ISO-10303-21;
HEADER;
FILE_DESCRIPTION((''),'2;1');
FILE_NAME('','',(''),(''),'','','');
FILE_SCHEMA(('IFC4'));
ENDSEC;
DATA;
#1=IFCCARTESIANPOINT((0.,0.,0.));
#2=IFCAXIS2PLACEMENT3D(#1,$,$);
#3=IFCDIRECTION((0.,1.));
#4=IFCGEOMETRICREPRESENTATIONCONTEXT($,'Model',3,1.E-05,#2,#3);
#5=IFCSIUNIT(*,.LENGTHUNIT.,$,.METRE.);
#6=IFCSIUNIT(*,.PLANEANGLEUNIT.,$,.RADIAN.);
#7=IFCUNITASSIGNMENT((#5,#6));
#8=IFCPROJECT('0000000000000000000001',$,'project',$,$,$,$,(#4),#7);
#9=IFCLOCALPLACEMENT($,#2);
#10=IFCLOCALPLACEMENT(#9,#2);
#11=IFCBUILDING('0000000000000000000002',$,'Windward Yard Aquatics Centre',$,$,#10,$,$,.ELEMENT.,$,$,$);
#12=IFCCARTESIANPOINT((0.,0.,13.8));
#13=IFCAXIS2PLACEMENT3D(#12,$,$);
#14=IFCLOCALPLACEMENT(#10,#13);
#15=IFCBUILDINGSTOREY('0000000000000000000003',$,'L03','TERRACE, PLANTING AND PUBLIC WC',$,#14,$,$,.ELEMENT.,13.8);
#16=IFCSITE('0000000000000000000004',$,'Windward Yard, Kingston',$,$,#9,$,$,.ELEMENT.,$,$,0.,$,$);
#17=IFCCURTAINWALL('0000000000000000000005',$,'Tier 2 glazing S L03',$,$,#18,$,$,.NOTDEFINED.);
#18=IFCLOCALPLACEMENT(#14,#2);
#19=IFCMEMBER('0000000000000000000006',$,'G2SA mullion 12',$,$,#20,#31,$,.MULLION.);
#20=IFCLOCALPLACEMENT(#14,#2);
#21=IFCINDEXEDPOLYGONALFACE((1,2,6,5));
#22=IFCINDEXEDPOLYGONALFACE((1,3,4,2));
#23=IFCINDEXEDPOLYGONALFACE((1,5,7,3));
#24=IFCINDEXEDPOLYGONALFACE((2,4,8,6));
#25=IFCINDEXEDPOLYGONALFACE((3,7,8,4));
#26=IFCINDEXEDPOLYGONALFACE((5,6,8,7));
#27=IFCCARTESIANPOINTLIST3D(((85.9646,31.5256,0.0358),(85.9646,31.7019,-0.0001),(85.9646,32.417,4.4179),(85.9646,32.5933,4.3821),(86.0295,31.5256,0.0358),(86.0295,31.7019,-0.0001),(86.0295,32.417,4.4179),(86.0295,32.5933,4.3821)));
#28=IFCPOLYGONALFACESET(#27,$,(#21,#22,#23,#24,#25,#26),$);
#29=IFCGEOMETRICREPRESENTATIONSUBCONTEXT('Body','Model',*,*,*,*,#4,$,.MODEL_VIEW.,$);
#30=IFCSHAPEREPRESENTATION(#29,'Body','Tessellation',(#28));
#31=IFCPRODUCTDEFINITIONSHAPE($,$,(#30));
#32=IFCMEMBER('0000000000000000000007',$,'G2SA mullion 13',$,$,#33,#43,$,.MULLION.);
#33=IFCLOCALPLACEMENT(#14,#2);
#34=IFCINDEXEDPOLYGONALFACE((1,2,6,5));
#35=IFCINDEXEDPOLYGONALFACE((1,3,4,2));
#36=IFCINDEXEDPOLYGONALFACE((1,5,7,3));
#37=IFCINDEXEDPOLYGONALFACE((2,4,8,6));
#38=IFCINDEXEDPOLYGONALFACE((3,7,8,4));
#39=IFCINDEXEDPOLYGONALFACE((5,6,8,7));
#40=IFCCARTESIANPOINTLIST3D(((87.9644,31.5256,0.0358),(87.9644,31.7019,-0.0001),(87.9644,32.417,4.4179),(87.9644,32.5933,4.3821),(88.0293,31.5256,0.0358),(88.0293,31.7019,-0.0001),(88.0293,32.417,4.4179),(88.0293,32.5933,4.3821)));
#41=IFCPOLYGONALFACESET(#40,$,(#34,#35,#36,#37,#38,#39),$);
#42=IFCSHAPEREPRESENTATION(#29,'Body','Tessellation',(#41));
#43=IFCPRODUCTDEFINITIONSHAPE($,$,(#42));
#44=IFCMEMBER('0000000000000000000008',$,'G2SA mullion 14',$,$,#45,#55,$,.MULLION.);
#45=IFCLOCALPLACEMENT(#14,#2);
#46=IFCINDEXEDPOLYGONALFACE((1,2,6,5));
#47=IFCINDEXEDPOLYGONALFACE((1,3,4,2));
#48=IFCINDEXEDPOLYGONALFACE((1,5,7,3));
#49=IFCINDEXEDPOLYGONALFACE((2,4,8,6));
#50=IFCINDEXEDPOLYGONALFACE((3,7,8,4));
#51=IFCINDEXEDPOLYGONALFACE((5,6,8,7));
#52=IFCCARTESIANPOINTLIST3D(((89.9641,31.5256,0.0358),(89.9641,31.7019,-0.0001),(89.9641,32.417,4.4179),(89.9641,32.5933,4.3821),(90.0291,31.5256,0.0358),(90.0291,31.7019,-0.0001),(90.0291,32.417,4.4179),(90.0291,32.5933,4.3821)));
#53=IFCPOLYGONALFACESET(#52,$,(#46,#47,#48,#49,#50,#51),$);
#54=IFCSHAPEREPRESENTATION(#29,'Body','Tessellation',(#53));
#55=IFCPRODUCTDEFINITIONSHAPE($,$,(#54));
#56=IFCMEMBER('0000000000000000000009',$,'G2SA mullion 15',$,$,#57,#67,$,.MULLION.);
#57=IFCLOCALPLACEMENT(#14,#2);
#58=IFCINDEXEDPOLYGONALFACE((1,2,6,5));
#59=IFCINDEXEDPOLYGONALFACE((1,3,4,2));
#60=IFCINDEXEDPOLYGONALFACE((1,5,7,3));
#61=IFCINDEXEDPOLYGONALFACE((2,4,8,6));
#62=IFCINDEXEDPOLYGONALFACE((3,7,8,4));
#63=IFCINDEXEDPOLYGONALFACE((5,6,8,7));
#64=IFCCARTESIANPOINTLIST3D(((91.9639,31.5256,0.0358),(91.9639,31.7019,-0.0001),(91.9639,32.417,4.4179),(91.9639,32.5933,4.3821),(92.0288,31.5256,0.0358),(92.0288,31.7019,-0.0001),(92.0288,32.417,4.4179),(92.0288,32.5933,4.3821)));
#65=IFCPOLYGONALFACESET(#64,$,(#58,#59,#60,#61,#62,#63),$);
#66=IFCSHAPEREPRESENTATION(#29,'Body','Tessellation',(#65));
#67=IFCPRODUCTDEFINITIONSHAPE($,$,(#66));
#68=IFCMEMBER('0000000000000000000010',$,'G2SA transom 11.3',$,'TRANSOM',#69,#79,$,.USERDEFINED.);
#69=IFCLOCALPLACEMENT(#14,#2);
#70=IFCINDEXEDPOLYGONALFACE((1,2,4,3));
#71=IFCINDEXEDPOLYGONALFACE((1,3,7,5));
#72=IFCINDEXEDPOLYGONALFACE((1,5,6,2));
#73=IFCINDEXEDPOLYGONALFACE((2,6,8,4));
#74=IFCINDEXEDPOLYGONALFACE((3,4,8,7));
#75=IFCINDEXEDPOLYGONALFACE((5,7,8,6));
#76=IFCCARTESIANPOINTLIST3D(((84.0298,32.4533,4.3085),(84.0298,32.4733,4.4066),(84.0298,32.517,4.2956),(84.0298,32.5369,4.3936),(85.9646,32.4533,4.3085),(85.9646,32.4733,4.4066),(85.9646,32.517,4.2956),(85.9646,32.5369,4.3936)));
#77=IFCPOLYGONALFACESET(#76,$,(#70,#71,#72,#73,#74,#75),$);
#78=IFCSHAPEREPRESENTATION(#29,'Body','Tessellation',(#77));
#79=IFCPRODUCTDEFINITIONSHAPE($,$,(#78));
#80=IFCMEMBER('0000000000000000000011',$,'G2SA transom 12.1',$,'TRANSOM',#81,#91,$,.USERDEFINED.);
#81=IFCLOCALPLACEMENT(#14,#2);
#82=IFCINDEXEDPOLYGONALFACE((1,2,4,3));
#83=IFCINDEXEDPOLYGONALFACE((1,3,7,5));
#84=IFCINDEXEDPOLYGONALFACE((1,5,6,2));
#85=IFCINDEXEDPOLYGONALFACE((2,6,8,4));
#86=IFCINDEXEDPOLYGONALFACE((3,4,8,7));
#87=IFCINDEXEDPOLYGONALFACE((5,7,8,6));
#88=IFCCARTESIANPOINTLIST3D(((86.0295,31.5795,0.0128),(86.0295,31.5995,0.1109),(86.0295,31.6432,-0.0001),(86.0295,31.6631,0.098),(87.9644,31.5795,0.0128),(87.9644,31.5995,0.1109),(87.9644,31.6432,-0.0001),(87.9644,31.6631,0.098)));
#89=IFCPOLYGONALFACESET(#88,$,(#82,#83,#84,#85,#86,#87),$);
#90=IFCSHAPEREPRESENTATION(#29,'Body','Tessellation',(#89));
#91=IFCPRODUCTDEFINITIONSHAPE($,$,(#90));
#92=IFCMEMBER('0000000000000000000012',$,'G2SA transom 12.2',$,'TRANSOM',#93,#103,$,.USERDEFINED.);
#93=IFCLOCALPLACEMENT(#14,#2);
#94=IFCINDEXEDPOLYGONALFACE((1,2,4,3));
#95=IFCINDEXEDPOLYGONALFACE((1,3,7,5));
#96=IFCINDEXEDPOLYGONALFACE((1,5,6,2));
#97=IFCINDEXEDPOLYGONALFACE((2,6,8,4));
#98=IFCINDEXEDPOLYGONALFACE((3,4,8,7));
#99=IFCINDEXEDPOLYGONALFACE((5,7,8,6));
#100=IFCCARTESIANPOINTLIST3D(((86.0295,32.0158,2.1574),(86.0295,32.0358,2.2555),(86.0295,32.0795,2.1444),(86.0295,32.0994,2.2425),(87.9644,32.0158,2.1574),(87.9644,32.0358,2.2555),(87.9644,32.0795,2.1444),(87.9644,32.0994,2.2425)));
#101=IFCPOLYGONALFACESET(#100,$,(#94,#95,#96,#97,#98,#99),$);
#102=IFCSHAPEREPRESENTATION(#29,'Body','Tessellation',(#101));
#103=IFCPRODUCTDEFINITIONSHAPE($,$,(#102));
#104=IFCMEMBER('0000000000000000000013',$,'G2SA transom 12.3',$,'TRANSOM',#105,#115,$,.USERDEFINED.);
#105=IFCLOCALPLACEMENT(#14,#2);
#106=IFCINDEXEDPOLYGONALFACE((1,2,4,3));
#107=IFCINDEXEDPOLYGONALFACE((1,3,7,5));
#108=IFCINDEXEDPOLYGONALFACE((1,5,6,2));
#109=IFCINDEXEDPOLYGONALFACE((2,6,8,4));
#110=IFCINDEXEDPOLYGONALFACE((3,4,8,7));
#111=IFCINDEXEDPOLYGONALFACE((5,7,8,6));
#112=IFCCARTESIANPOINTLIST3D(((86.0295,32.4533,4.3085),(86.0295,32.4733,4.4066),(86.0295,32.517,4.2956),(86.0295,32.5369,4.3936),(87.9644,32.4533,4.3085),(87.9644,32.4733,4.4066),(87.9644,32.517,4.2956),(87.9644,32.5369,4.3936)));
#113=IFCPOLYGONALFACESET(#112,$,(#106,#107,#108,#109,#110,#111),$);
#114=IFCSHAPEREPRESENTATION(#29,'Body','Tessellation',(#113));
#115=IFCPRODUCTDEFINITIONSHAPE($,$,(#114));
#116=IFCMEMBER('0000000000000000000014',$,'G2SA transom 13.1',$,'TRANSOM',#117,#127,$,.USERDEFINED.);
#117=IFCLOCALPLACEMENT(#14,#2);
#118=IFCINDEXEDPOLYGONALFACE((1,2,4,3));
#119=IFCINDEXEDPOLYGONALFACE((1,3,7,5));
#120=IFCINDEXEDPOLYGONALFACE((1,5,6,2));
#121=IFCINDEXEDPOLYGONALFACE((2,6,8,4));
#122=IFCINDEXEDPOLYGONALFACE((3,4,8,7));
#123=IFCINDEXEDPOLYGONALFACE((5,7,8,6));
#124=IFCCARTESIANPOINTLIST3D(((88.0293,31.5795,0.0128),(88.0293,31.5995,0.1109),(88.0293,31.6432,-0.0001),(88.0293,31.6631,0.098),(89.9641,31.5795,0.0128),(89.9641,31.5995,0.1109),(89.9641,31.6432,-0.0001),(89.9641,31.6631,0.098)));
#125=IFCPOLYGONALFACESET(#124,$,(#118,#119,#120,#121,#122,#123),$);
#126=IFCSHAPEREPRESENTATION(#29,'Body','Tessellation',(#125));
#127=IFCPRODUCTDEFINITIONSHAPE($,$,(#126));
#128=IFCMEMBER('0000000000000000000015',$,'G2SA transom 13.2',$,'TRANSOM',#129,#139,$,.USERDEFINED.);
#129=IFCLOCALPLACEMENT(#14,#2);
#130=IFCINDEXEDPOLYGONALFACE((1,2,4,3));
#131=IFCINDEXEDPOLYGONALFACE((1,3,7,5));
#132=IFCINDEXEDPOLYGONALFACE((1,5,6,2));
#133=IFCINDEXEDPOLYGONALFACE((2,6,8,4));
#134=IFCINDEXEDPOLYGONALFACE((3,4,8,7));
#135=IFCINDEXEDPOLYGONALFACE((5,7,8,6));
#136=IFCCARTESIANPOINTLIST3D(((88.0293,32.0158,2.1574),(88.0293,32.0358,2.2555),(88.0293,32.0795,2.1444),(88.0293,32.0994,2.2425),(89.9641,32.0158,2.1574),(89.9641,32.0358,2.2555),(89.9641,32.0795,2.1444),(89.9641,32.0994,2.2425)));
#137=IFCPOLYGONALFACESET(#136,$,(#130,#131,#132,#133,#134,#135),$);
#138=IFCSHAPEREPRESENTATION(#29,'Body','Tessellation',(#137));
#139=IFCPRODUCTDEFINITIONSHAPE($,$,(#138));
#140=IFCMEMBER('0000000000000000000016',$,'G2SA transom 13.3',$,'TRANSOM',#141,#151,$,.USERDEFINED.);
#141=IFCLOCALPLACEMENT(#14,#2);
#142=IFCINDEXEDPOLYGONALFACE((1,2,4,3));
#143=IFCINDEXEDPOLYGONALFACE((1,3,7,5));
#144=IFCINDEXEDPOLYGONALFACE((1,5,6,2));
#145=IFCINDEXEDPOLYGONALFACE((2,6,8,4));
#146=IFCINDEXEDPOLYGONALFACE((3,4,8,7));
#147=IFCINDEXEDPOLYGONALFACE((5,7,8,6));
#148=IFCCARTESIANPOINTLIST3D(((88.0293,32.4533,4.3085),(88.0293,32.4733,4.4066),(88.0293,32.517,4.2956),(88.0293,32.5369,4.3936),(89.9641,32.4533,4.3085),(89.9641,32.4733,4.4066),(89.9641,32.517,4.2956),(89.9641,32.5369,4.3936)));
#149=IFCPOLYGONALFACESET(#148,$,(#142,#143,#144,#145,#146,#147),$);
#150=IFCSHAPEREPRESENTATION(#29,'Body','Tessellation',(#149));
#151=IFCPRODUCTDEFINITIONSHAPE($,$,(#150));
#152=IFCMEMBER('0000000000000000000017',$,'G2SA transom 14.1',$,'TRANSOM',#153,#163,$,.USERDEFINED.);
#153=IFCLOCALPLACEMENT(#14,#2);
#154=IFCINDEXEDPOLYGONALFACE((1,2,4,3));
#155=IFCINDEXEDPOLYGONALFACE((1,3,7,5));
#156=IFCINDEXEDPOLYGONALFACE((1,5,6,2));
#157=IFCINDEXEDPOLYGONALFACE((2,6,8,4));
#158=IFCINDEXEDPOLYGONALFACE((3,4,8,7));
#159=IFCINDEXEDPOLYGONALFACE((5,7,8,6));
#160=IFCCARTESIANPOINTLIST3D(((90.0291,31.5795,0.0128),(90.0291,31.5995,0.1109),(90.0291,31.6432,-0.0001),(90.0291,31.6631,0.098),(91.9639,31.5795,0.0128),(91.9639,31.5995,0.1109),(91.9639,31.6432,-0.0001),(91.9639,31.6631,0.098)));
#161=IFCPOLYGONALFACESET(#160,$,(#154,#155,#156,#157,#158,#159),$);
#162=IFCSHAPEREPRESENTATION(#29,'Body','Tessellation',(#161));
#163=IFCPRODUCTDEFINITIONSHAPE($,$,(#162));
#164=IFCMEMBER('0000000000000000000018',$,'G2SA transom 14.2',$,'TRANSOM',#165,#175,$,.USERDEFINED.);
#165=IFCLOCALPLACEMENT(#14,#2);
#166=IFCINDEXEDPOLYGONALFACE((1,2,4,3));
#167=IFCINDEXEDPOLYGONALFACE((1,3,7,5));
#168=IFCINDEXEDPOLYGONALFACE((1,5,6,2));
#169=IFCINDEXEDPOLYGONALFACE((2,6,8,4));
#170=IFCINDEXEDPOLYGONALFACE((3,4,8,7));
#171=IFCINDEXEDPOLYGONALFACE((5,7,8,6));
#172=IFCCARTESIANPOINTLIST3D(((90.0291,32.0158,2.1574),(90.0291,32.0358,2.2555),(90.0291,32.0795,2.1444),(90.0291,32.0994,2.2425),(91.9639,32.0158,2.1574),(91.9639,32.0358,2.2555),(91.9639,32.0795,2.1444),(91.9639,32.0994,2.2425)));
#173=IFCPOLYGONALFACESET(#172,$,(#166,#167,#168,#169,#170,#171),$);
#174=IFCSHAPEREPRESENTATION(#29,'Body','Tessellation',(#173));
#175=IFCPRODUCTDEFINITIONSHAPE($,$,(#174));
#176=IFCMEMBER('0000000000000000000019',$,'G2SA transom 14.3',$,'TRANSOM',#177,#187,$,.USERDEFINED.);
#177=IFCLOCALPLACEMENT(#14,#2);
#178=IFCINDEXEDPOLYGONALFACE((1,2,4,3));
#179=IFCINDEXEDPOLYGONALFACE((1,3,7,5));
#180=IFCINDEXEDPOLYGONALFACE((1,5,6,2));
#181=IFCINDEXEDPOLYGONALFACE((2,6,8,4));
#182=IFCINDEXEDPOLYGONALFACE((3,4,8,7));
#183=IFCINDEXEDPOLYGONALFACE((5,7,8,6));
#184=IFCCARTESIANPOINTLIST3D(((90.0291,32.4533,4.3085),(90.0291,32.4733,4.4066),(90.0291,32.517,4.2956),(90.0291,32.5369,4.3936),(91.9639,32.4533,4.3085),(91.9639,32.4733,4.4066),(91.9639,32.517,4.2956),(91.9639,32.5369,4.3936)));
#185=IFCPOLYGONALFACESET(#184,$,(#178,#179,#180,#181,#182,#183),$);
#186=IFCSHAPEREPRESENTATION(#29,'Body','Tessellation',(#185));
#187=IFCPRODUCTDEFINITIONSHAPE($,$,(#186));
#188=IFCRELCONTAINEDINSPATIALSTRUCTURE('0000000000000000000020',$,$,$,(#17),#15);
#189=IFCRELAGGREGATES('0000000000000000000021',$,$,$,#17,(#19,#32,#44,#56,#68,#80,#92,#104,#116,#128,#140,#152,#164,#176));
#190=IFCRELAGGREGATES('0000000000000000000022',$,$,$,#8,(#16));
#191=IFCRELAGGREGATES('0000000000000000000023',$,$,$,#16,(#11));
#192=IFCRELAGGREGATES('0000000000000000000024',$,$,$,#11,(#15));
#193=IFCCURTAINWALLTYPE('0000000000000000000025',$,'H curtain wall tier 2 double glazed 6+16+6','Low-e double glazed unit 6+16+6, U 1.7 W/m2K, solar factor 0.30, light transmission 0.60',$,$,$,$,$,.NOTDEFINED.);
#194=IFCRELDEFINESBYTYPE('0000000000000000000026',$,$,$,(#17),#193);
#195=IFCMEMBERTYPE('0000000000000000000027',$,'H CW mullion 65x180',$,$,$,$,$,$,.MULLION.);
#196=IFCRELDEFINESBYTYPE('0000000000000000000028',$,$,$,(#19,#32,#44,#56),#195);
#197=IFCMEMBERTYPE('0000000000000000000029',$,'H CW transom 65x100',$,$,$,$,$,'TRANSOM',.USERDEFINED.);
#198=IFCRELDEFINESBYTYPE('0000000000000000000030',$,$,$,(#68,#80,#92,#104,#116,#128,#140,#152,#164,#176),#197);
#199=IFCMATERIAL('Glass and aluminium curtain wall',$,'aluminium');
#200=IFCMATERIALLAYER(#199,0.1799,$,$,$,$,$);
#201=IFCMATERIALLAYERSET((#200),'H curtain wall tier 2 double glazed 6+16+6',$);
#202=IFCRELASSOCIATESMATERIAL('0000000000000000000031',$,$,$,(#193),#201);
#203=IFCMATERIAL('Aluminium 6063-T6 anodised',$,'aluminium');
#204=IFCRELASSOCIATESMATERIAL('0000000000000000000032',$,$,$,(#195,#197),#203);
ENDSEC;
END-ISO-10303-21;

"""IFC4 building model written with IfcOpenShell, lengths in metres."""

from ifc_helpers import new_model, si_unit, direction, frame, origin, origin_2d, place, context, subcontext, project, spatial, rectangle, extrude, material, layer, layer_set, material_profile, profile_set, type_object, element, aggregate, save


model = new_model("IFC4")

# Units and contexts
model_context = context("Model", 3, precision=1e-05, world=origin(), true_north=direction((0.0, 1.0)))
body_context = subcontext(model_context, "Body", "Model", "MODEL_VIEW")
ifc_project = project(units=[si_unit("LENGTHUNIT", "METRE"), si_unit("PLANEANGLEUNIT", "RADIAN")], contexts=[model_context])

# Site, building, storey
site_placement = place(None, origin())
site = spatial("IfcSite", under=ifc_project, at=site_placement, Name="Windward Yard, Kingston", CompositionType="ELEMENT", RefElevation=0.0)
building_placement = place(site_placement, origin())
building = spatial("IfcBuilding", under=site, at=building_placement, Name="Windward Yard Aquatics Centre", CompositionType="ELEMENT")
storey_placement = place(building_placement, frame((0.0, 0.0, 13.8)))
storey = spatial("IfcBuildingStorey", under=building, at=storey_placement, Name="L03", Description="TERRACE, PLANTING AND PUBLIC WC", CompositionType="ELEMENT", Elevation=13.8)

# Curtain wall, members
ifc_material_1 = material(Name="Glass and aluminium curtain wall", Category="aluminium")
ifc_layer_1 = layer(ifc_material_1, 0.1799)
ifc_layer_set_1 = layer_set([ifc_layer_1], Name="H curtain wall tier 2 double glazed 6+16+6")
curtain_wall_type = type_object("IfcCurtainWallType", Name="H curtain wall tier 2 double glazed 6+16+6", Description="Low-e double glazed unit 6+16+6, U 1.7 W/m2K, solar factor 0.30, light transmission 0.60", PredefinedType="NOTDEFINED", material=ifc_layer_set_1)
curtain_wall_placement = place(storey_placement, origin())
curtain_wall = element("IfcCurtainWall", 1, at=curtain_wall_placement, inside=storey, type_object=curtain_wall_type, Name="Tier 2 glazing S L03", PredefinedType="NOTDEFINED")
ifc_material_2 = material(Name="Aluminium 6063-T6 anodised", Category="aluminium")
ifc_material_profile_1 = material_profile(ifc_material_2, rectangle(XDim=0.0649, YDim=0.1799, at=origin_2d()), Name="H CW mullion 65x180")
ifc_profile_set_1 = profile_set([ifc_material_profile_1], Name="Aluminium 6063-T6 anodised")
member_type_1 = type_object("IfcMemberType", Name="H CW mullion 65x180", PredefinedType="MULLION", material=ifc_profile_set_1)
member_1_placement = place(storey_placement, frame((85.9971, 31.6138, 0.0178), z_axis=(0.0, 0.199328, 0.979933), x_axis=(-1.0, 0.0, 0.0)))
member_1 = element("IfcMember", 2, at=member_1_placement, type_object=member_type_1, Name="G2SA mullion 12", PredefinedType="MULLION", context=body_context, shape_type="SweptSolid", body=[
    extrude(rectangle(XDim=0.0649, YDim=0.1799, at=origin_2d()), origin(), (0.0, 0.0, 1.0), 4.4719),
])
member_2_placement = place(storey_placement, frame((87.9968, 31.6138, 0.0178), z_axis=(0.0, 0.199328, 0.979933), x_axis=(-1.0, 0.0, 0.0)))
member_2 = element("IfcMember", 3, at=member_2_placement, type_object=member_type_1, Name="G2SA mullion 13", PredefinedType="MULLION", context=body_context, shape_type="SweptSolid", body=[
    extrude(rectangle(XDim=0.0649, YDim=0.1799, at=origin_2d()), origin(), (0.0, 0.0, 1.0), 4.4719),
])
member_3_placement = place(storey_placement, frame((89.9966, 31.6138, 0.0178), z_axis=(0.0, 0.199328, 0.979933), x_axis=(-1.0, 0.0, 0.0)))
member_3 = element("IfcMember", 4, at=member_3_placement, type_object=member_type_1, Name="G2SA mullion 14", PredefinedType="MULLION", context=body_context, shape_type="SweptSolid", body=[
    extrude(rectangle(XDim=0.0649, YDim=0.1799, at=origin_2d()), origin(), (0.0, 0.0, 1.0), 4.4719),
])
member_4_placement = place(storey_placement, frame((91.9963, 31.6138, 0.0178), z_axis=(0.0, 0.199328, 0.979933), x_axis=(-1.0, 0.0, 0.0)))
member_4 = element("IfcMember", 5, at=member_4_placement, type_object=member_type_1, Name="G2SA mullion 15", PredefinedType="MULLION", context=body_context, shape_type="SweptSolid", body=[
    extrude(rectangle(XDim=0.0649, YDim=0.1799, at=origin_2d()), origin(), (0.0, 0.0, 1.0), 4.4719),
])
ifc_material_profile_2 = material_profile(ifc_material_2, rectangle(XDim=0.0649, YDim=0.1001, at=origin_2d()), Name="H CW transom 65x100")
ifc_profile_set_2 = profile_set([ifc_material_profile_2], Name="Aluminium 6063-T6 anodised")
member_type_2 = type_object("IfcMemberType", Name="H CW transom 65x100", ElementType="TRANSOM", PredefinedType="USERDEFINED", material=ifc_profile_set_2)
member_5_placement = place(storey_placement, frame((84.0298, 32.4951, 4.3511), z_axis=(1.0, 0.0, 0.0), x_axis=(0.0, -0.979925, 0.199368)))
member_5 = element("IfcMember", 6, at=member_5_placement, type_object=member_type_2, Name="G2SA transom 11.3", ObjectType="TRANSOM", PredefinedType="USERDEFINED", context=body_context, shape_type="SweptSolid", body=[
    extrude(rectangle(XDim=0.0649, YDim=0.1001, at=origin_2d()), origin(), (0.0, 0.0, 1.0), 1.9348),
])
member_6_placement = place(storey_placement, frame((86.0295, 31.6213, 0.0554), z_axis=(1.0, 0.0, 0.0), x_axis=(0.0, -0.979925, 0.199368)))
member_6 = element("IfcMember", 7, at=member_6_placement, type_object=member_type_2, Name="G2SA transom 12.1", ObjectType="TRANSOM", PredefinedType="USERDEFINED", context=body_context, shape_type="SweptSolid", body=[
    extrude(rectangle(XDim=0.0649, YDim=0.1001, at=origin_2d()), origin(), (0.0, 0.0, 1.0), 1.9348),
])
member_7_placement = place(storey_placement, frame((86.0295, 32.0576, 2.2), z_axis=(1.0, 0.0, 0.0), x_axis=(0.0, -0.979925, 0.199368)))
member_7 = element("IfcMember", 8, at=member_7_placement, type_object=member_type_2, Name="G2SA transom 12.2", ObjectType="TRANSOM", PredefinedType="USERDEFINED", context=body_context, shape_type="SweptSolid", body=[
    extrude(rectangle(XDim=0.0649, YDim=0.1001, at=origin_2d()), origin(), (0.0, 0.0, 1.0), 1.9348),
])
member_8_placement = place(storey_placement, frame((86.0295, 32.4951, 4.3511), z_axis=(1.0, 0.0, 0.0), x_axis=(0.0, -0.979925, 0.199368)))
member_8 = element("IfcMember", 9, at=member_8_placement, type_object=member_type_2, Name="G2SA transom 12.3", ObjectType="TRANSOM", PredefinedType="USERDEFINED", context=body_context, shape_type="SweptSolid", body=[
    extrude(rectangle(XDim=0.0649, YDim=0.1001, at=origin_2d()), origin(), (0.0, 0.0, 1.0), 1.9348),
])
member_9_placement = place(storey_placement, frame((88.0293, 31.6213, 0.0554), z_axis=(1.0, 0.0, 0.0), x_axis=(0.0, -0.979925, 0.199368)))
member_9 = element("IfcMember", 10, at=member_9_placement, type_object=member_type_2, Name="G2SA transom 13.1", ObjectType="TRANSOM", PredefinedType="USERDEFINED", context=body_context, shape_type="SweptSolid", body=[
    extrude(rectangle(XDim=0.0649, YDim=0.1001, at=origin_2d()), origin(), (0.0, 0.0, 1.0), 1.9348),
])
member_10_placement = place(storey_placement, frame((88.0293, 32.0576, 2.2), z_axis=(1.0, 0.0, 0.0), x_axis=(0.0, -0.979925, 0.199368)))
member_10 = element("IfcMember", 11, at=member_10_placement, type_object=member_type_2, Name="G2SA transom 13.2", ObjectType="TRANSOM", PredefinedType="USERDEFINED", context=body_context, shape_type="SweptSolid", body=[
    extrude(rectangle(XDim=0.0649, YDim=0.1001, at=origin_2d()), origin(), (0.0, 0.0, 1.0), 1.9348),
])
member_11_placement = place(storey_placement, frame((88.0293, 32.4951, 4.3511), z_axis=(1.0, 0.0, 0.0), x_axis=(0.0, -0.979925, 0.199368)))
member_11 = element("IfcMember", 12, at=member_11_placement, type_object=member_type_2, Name="G2SA transom 13.3", ObjectType="TRANSOM", PredefinedType="USERDEFINED", context=body_context, shape_type="SweptSolid", body=[
    extrude(rectangle(XDim=0.0649, YDim=0.1001, at=origin_2d()), origin(), (0.0, 0.0, 1.0), 1.9348),
])
member_12_placement = place(storey_placement, frame((90.0291, 31.6213, 0.0554), z_axis=(1.0, 0.0, 0.0), x_axis=(0.0, -0.979925, 0.199368)))
member_12 = element("IfcMember", 13, at=member_12_placement, type_object=member_type_2, Name="G2SA transom 14.1", ObjectType="TRANSOM", PredefinedType="USERDEFINED", context=body_context, shape_type="SweptSolid", body=[
    extrude(rectangle(XDim=0.0649, YDim=0.1001, at=origin_2d()), origin(), (0.0, 0.0, 1.0), 1.9348),
])
member_13_placement = place(storey_placement, frame((90.0291, 32.0576, 2.2), z_axis=(1.0, 0.0, 0.0), x_axis=(0.0, -0.979925, 0.199368)))
member_13 = element("IfcMember", 14, at=member_13_placement, type_object=member_type_2, Name="G2SA transom 14.2", ObjectType="TRANSOM", PredefinedType="USERDEFINED", context=body_context, shape_type="SweptSolid", body=[
    extrude(rectangle(XDim=0.0649, YDim=0.1001, at=origin_2d()), origin(), (0.0, 0.0, 1.0), 1.9348),
])
member_14_placement = place(storey_placement, frame((90.0291, 32.4951, 4.3511), z_axis=(1.0, 0.0, 0.0), x_axis=(0.0, -0.979925, 0.199368)))
member_14 = element("IfcMember", 15, at=member_14_placement, type_object=member_type_2, Name="G2SA transom 14.3", ObjectType="TRANSOM", PredefinedType="USERDEFINED", context=body_context, shape_type="SweptSolid", body=[
    extrude(rectangle(XDim=0.0649, YDim=0.1001, at=origin_2d()), origin(), (0.0, 0.0, 1.0), 1.9348),
])

aggregate(curtain_wall, [member_1, member_2, member_3, member_4, member_5, member_6, member_7, member_8, member_9, member_10, member_11, member_12, member_13, member_14])

save(model, "model.ifc")
